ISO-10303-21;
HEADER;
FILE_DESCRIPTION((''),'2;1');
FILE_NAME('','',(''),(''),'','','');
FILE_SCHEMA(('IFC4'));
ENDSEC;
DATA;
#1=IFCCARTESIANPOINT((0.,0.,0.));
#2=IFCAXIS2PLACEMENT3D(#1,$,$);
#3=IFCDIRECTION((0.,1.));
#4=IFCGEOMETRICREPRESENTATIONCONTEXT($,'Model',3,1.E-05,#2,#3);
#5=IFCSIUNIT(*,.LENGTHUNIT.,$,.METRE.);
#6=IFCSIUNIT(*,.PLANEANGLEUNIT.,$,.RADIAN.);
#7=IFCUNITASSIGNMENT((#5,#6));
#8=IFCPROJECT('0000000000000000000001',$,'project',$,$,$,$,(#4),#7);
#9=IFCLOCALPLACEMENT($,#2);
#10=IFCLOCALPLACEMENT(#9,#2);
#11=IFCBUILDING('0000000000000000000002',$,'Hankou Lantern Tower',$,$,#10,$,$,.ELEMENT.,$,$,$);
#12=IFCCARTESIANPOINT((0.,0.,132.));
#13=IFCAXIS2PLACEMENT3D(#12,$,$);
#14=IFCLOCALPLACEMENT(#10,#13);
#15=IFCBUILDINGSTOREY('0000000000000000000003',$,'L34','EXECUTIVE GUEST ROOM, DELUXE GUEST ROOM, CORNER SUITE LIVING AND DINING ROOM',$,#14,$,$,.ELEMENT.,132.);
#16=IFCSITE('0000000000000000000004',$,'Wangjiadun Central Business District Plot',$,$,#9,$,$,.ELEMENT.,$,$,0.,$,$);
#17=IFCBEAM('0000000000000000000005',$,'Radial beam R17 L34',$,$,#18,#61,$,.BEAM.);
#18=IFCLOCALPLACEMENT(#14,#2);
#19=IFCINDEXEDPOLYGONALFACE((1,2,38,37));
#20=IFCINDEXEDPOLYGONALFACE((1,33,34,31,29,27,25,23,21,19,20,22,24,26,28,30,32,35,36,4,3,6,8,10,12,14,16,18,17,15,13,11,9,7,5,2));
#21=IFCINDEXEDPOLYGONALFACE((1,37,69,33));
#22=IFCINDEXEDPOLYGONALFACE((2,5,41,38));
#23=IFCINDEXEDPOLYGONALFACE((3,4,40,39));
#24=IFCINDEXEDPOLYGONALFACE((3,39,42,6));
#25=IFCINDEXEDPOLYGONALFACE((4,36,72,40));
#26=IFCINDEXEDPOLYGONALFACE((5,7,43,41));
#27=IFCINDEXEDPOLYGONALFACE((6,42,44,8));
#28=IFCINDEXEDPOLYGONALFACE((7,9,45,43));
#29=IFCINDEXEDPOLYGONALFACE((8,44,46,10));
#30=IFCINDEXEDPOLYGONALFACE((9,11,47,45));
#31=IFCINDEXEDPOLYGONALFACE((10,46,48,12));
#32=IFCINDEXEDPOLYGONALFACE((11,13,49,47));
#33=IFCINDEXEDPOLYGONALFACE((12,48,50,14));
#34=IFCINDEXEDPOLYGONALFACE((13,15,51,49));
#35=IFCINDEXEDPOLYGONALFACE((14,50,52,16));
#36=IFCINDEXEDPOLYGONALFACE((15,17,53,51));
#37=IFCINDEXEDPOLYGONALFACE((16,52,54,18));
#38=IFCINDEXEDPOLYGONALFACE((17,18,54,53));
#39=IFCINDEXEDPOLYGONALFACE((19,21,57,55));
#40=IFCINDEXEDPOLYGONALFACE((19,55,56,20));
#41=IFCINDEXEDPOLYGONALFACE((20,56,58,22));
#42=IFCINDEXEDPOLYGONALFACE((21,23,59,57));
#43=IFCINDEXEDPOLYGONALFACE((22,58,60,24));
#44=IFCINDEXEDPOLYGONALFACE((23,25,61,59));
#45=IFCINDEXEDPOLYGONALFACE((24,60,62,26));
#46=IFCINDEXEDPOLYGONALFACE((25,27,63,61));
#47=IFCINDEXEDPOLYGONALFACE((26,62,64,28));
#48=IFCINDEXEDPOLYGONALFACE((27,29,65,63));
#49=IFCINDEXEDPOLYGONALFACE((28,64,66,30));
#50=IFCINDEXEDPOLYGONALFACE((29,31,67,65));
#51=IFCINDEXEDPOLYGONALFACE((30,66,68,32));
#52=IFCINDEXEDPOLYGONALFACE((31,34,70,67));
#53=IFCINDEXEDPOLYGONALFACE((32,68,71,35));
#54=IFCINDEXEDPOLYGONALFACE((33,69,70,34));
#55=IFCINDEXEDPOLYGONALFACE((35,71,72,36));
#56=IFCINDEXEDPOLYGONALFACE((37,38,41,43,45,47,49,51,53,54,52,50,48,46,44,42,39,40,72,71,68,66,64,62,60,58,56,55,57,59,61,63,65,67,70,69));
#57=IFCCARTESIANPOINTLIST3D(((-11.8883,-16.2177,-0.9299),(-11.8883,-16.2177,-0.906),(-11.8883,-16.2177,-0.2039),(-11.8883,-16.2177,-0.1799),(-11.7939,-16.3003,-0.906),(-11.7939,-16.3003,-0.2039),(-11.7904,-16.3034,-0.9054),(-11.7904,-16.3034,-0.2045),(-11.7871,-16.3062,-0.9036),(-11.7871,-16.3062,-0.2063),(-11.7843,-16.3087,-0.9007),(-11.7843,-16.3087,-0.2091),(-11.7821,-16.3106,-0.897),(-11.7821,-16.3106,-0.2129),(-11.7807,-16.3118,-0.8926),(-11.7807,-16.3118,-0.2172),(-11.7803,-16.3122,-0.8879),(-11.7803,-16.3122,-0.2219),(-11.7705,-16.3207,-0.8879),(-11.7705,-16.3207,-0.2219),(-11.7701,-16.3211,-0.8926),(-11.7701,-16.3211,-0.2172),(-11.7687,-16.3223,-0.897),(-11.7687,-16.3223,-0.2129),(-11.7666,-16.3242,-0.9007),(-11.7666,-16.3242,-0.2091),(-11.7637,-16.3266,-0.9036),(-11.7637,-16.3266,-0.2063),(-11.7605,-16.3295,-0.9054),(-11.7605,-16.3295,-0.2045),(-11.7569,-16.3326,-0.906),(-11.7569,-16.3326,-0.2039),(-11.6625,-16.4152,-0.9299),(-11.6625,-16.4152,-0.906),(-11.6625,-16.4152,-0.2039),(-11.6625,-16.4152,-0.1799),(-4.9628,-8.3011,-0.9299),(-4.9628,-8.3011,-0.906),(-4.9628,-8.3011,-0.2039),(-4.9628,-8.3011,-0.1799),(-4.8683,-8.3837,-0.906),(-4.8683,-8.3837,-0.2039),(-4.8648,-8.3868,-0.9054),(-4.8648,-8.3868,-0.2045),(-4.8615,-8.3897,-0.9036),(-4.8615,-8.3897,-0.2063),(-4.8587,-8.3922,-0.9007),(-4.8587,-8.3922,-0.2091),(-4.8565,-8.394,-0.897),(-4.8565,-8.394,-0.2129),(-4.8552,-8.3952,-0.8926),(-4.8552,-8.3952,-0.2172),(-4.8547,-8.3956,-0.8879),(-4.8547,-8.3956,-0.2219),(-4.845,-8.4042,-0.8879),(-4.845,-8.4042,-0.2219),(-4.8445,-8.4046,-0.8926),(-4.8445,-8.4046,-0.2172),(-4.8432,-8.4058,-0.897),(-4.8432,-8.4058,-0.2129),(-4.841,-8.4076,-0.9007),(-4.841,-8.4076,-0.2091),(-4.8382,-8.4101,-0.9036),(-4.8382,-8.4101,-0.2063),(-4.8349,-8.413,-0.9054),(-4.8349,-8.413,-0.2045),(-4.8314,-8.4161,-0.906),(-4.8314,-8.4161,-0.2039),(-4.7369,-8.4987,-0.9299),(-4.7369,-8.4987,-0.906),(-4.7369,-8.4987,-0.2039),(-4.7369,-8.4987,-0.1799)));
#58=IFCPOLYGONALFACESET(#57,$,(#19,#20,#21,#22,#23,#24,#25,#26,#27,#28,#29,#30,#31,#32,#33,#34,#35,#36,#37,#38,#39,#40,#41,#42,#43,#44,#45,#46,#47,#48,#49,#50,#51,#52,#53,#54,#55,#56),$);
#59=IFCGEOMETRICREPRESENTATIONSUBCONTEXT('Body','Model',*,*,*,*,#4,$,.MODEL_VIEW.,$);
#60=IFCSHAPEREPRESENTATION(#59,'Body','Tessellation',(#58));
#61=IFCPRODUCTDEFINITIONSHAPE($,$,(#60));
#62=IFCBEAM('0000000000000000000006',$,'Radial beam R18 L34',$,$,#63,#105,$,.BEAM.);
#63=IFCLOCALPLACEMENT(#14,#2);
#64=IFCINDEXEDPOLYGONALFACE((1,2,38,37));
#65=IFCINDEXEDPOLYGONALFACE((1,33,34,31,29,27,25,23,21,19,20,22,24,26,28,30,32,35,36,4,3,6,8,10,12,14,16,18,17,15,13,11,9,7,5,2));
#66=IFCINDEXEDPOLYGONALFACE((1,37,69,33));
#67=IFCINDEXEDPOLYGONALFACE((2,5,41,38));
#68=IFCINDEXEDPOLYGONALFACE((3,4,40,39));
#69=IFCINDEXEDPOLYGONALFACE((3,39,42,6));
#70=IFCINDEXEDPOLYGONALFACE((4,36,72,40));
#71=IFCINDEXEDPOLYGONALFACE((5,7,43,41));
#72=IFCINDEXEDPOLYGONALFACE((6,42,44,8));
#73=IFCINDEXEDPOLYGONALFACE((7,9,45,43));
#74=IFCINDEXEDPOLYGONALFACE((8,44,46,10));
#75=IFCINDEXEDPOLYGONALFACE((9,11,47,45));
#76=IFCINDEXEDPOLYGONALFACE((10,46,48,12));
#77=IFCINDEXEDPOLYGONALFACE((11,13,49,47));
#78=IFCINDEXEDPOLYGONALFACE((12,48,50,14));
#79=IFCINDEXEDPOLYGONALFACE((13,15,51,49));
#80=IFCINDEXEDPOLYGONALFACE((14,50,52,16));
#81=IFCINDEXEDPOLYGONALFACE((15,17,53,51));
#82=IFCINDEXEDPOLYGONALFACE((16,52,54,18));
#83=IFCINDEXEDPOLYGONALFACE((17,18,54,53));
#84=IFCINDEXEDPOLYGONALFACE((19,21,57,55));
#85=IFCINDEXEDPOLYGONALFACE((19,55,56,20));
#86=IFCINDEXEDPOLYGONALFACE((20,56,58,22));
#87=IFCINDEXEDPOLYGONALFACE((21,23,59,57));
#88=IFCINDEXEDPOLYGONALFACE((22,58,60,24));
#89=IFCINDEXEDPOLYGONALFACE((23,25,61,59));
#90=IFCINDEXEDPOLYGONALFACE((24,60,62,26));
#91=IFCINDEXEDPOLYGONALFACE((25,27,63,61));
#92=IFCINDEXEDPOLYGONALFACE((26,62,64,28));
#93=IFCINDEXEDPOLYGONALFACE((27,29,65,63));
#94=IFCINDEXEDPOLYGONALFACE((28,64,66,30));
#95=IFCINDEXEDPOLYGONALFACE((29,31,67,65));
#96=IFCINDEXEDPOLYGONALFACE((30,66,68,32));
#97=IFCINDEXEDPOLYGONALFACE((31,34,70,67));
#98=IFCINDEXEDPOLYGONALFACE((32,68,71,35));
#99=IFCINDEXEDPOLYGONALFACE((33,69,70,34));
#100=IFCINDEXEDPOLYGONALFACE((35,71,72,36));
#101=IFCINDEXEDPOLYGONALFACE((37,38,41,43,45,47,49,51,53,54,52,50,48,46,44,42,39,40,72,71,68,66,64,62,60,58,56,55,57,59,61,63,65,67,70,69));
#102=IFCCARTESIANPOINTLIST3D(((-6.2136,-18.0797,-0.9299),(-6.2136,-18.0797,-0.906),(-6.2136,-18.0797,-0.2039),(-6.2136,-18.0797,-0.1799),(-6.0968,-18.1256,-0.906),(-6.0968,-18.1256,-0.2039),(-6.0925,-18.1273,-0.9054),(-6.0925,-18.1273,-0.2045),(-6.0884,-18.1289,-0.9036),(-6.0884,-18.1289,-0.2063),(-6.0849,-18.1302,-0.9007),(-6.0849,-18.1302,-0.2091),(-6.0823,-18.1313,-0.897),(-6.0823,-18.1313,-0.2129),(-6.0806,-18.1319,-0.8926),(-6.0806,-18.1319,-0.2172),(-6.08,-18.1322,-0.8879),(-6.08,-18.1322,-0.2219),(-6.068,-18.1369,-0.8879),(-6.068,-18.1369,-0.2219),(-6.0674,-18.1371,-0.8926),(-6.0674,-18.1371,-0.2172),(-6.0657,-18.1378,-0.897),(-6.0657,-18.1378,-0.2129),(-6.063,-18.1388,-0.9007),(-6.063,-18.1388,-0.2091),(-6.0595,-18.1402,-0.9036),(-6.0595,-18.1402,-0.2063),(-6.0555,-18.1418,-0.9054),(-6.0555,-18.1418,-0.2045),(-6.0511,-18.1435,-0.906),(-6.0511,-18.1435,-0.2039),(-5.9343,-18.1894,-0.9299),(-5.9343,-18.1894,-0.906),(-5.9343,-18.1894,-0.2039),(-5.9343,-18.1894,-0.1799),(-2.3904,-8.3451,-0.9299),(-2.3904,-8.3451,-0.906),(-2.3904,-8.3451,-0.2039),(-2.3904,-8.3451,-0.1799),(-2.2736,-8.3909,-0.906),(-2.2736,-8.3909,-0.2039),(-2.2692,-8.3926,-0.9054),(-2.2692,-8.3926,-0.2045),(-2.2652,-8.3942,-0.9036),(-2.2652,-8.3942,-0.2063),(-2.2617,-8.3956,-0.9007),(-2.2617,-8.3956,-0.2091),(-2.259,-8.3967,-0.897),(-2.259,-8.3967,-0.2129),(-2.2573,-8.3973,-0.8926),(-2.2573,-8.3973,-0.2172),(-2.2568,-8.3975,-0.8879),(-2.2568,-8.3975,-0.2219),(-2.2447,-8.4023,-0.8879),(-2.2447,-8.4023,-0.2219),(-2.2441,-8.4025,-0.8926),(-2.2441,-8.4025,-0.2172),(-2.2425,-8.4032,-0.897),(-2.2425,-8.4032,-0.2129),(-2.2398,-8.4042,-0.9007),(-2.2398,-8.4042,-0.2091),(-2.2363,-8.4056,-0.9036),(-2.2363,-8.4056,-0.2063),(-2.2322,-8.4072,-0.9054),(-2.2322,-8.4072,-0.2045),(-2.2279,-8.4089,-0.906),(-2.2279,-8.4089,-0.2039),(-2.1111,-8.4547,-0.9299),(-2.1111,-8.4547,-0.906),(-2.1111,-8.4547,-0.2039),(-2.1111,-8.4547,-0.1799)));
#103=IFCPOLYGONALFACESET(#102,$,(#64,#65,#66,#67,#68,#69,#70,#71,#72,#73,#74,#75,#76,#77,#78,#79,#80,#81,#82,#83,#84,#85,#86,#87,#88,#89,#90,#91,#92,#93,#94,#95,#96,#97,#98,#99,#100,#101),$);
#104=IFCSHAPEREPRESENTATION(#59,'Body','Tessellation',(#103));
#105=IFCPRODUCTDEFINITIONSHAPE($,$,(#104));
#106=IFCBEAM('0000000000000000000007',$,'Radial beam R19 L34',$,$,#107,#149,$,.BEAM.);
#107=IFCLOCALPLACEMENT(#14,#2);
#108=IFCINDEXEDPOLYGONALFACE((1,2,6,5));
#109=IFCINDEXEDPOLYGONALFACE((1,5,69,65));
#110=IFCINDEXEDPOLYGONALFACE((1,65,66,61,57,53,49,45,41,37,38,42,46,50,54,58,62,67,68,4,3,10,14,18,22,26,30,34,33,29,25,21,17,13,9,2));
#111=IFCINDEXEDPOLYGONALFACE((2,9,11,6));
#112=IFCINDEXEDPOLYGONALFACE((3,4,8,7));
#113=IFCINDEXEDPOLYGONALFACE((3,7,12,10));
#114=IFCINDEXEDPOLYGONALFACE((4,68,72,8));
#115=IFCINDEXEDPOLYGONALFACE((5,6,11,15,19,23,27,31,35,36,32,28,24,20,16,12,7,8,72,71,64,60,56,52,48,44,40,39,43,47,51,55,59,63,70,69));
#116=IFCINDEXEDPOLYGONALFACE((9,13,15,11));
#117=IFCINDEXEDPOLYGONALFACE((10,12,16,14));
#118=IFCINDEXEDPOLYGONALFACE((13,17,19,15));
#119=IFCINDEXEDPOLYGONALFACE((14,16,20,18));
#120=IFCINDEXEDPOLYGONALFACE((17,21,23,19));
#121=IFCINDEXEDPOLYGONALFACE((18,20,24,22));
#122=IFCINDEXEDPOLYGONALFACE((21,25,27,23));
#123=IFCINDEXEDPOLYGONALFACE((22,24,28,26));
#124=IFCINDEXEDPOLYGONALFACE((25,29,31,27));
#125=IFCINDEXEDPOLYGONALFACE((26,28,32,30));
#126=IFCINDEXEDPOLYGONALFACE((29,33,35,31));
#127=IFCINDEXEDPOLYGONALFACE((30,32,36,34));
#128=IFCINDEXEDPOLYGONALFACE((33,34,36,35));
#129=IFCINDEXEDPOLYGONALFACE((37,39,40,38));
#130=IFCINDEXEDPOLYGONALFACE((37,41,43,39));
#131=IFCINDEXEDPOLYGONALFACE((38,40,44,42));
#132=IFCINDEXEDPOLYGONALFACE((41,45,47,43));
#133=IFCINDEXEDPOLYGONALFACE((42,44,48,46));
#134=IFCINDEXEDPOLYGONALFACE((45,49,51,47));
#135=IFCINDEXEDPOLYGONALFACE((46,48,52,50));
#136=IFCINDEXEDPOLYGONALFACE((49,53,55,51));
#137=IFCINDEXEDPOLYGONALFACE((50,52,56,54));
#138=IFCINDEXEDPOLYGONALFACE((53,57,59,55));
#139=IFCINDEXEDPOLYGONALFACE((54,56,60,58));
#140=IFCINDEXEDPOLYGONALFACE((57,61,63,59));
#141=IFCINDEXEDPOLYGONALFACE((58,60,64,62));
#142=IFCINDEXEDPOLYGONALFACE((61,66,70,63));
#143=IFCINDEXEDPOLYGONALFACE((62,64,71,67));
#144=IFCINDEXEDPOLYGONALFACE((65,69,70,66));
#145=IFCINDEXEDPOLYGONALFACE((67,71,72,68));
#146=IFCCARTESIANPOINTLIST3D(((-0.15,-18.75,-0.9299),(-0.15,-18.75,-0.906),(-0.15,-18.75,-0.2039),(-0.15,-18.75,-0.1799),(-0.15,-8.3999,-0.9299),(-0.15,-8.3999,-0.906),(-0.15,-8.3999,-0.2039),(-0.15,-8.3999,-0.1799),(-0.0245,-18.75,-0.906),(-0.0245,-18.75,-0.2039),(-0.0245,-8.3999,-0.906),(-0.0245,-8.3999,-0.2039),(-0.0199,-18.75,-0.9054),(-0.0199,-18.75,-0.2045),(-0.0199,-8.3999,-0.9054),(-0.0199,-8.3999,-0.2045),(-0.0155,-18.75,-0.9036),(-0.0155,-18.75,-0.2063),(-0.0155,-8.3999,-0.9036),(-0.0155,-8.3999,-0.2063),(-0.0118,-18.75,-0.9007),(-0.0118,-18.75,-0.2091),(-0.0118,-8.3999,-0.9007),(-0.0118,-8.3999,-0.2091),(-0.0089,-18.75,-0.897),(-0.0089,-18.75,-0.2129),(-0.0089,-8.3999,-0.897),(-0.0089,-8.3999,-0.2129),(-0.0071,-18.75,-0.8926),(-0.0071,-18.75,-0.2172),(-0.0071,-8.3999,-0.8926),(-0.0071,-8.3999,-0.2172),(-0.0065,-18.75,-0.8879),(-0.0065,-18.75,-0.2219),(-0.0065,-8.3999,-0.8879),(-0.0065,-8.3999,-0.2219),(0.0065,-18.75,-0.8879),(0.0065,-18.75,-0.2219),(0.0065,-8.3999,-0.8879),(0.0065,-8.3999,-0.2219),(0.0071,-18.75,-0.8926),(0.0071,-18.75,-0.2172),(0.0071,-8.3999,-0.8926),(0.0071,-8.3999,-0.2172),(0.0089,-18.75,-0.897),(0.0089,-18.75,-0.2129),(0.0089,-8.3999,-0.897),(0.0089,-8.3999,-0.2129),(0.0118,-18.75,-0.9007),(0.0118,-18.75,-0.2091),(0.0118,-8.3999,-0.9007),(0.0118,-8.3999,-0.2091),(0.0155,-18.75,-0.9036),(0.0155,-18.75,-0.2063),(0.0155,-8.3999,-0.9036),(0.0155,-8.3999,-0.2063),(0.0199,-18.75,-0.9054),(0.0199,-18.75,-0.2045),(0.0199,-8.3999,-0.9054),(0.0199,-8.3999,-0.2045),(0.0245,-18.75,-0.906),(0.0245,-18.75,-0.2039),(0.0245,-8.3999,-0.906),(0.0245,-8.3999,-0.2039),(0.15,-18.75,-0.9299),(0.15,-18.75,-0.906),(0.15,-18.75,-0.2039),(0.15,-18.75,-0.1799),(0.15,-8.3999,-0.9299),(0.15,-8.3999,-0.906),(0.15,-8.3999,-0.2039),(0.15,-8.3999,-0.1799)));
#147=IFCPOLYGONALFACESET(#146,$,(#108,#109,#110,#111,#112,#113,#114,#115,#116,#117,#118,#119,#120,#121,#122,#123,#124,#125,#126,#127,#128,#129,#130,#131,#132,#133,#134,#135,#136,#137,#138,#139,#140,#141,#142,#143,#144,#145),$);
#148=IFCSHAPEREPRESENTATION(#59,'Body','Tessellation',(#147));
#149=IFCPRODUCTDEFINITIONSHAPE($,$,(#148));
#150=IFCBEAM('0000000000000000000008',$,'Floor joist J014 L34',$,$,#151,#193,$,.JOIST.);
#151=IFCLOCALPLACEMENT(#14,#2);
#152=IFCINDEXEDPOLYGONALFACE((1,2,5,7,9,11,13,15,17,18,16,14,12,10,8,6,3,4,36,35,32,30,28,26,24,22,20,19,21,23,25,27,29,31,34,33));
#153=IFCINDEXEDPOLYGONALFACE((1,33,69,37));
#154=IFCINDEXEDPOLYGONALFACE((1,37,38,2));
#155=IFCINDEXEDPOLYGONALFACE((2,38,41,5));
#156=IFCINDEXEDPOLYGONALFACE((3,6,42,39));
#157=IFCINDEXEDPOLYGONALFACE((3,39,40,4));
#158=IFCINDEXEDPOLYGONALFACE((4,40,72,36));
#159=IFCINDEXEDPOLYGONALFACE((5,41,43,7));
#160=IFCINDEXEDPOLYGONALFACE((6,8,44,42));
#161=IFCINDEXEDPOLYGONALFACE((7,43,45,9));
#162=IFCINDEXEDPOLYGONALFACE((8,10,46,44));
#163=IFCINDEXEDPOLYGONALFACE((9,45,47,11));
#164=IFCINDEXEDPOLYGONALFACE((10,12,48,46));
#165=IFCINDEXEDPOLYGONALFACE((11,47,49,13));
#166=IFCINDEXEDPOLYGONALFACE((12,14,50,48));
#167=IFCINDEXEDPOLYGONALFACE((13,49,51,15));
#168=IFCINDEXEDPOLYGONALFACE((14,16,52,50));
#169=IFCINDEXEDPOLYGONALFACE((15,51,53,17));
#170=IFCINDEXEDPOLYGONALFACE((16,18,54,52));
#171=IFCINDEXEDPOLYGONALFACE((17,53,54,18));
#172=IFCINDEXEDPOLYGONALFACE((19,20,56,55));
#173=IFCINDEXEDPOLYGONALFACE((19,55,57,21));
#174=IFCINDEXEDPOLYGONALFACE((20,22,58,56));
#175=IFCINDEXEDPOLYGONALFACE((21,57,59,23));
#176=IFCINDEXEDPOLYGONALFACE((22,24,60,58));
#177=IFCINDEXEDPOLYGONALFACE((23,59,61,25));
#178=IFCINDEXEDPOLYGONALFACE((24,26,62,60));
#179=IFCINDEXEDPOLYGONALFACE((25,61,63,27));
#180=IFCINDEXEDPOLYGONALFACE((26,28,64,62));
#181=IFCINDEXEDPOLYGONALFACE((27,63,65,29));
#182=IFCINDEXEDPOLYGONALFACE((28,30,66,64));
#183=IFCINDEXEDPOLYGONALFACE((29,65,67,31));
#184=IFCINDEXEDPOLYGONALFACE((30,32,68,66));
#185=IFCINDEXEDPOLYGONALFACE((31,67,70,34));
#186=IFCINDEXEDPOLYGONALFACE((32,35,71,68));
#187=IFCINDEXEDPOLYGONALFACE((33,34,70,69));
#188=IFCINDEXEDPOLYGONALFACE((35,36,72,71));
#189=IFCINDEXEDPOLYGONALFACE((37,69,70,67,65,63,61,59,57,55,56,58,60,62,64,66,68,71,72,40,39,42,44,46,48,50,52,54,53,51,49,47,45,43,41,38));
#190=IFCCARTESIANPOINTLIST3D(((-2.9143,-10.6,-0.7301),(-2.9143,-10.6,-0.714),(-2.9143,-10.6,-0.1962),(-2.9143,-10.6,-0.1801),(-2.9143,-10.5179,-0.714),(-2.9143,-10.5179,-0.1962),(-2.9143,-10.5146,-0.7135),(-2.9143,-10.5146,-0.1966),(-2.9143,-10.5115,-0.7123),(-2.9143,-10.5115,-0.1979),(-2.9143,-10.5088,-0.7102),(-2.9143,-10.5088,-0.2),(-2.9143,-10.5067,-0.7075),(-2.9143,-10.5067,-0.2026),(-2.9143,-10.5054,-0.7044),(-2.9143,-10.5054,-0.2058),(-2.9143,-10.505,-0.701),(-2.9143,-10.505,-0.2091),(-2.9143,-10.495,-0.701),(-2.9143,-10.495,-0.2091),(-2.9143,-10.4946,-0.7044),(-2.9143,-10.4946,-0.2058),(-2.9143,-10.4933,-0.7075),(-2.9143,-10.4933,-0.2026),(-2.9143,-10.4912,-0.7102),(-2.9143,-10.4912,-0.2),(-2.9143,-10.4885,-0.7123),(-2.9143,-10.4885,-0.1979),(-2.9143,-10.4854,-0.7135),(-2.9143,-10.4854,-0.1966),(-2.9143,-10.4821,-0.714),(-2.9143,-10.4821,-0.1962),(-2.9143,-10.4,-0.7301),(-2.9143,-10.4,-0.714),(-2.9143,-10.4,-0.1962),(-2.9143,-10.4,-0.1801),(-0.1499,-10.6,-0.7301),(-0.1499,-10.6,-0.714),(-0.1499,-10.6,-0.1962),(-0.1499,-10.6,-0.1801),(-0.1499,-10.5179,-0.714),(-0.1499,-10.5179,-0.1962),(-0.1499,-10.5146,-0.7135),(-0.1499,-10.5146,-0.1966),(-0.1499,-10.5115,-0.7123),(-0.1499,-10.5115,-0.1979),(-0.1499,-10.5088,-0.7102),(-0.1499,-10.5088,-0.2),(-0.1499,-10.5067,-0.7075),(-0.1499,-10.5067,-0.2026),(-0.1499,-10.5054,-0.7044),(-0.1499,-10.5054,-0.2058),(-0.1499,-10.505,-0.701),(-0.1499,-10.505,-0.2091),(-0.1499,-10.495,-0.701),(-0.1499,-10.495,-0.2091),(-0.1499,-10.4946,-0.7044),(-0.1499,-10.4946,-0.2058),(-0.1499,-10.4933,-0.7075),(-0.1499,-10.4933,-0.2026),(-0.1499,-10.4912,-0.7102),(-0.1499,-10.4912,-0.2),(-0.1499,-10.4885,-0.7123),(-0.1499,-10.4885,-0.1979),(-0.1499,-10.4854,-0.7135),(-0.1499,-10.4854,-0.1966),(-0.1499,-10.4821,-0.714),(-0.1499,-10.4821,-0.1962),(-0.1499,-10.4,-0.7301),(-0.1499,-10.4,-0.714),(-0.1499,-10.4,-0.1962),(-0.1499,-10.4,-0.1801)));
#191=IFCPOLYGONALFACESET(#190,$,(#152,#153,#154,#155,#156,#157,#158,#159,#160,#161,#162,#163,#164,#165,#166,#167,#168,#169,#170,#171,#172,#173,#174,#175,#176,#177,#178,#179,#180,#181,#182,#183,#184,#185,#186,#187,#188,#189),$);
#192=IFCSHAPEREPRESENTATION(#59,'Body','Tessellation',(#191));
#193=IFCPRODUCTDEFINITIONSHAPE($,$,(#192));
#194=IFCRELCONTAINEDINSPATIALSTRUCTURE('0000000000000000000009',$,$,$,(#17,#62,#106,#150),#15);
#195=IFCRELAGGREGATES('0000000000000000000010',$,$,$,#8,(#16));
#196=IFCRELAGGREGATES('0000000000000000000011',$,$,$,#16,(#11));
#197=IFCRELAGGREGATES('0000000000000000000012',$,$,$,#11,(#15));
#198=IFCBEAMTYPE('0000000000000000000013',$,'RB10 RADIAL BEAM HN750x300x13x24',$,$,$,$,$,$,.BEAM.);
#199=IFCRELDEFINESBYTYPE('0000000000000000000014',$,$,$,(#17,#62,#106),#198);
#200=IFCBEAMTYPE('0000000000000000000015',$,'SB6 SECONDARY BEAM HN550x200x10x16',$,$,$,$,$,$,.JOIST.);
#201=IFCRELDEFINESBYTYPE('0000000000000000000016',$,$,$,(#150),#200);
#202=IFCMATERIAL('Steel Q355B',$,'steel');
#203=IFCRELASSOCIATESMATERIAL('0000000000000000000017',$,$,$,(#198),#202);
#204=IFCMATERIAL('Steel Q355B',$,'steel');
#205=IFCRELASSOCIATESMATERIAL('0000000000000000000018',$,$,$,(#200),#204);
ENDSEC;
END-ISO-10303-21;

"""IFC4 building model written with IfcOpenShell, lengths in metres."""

from ifc_helpers import new_model, si_unit, direction, frame, origin, origin_2d, place, context, subcontext, project, spatial, i_section, extrude, material, material_profile, profile_set, type_object, element, save


model = new_model("IFC4")

# Units and contexts
model_context = context("Model", 3, precision=1e-05, world=origin(), true_north=direction((0.0, 1.0)))
body_context = subcontext(model_context, "Body", "Model", "MODEL_VIEW")
ifc_project = project(units=[si_unit("LENGTHUNIT", "METRE"), si_unit("PLANEANGLEUNIT", "RADIAN")], contexts=[model_context])

# Site, building, storey
site_placement = place(None, origin())
site = spatial("IfcSite", under=ifc_project, at=site_placement, Name="Wangjiadun Central Business District Plot", CompositionType="ELEMENT", RefElevation=0.0)
building_placement = place(site_placement, origin())
building = spatial("IfcBuilding", under=site, at=building_placement, Name="Hankou Lantern Tower", CompositionType="ELEMENT")
storey_placement = place(building_placement, frame((0.0, 0.0, 132.0)))
storey = spatial("IfcBuildingStorey", under=building, at=storey_placement, Name="L34", Description="EXECUTIVE GUEST ROOM, DELUXE GUEST ROOM, CORNER SUITE LIVING AND DINING ROOM", CompositionType="ELEMENT", Elevation=132.0)

# Beams
ifc_material_1 = material(Name="Steel Q355B", Category="steel")
ifc_material_profile_1 = material_profile(ifc_material_1, i_section(OverallWidth=0.3, OverallDepth=0.75, WebThickness=0.0129, FlangeThickness=0.0239, FilletRadius=0.0181, at=origin_2d()), Name="HN750x300x13x24")
ifc_profile_set_1 = profile_set([ifc_material_profile_1], Name="Steel Q355B")
beam_type_1 = type_object("IfcBeamType", Name="RB10 RADIAL BEAM HN750x300x13x24", PredefinedType="BEAM", material=ifc_profile_set_1)
beam_1_placement = place(storey_placement, frame((-4.8499, -8.3999, -0.5549), z_axis=(-0.658429, -0.752643, 0.0), x_axis=(0.752643, -0.658429, 0.0)))
element("IfcBeam", 1, at=beam_1_placement, inside=storey, type_object=beam_type_1, Name="Radial beam R17 L34", PredefinedType="BEAM", context=body_context, shape_type="SweptSolid", body=[
    extrude(i_section(OverallWidth=0.3, OverallDepth=0.75, WebThickness=0.0129, FlangeThickness=0.0239, FilletRadius=0.0181, at=origin_2d()), origin(), (0.0, 0.0, 1.0), 10.5183),
])
beam_2_placement = place(storey_placement, frame((-2.2507, -8.3999, -0.5549), z_axis=(-0.365564, -0.930786, 0.0), x_axis=(0.930786, -0.365564, 0.0)))
element("IfcBeam", 2, at=beam_2_placement, inside=storey, type_object=beam_type_1, Name="Radial beam R18 L34", PredefinedType="BEAM", context=body_context, shape_type="SweptSolid", body=[
    extrude(i_section(OverallWidth=0.3, OverallDepth=0.75, WebThickness=0.0129, FlangeThickness=0.0239, FilletRadius=0.0181, at=origin_2d()), origin(), (0.0, 0.0, 1.0), 10.4585),
])
beam_3_placement = place(storey_placement, frame((0.0, -8.3999, -0.5549), z_axis=(0.0, -1.0, 0.0), x_axis=(1.0, 0.0, 0.0)))
element("IfcBeam", 3, at=beam_3_placement, inside=storey, type_object=beam_type_1, Name="Radial beam R19 L34", PredefinedType="BEAM", context=body_context, shape_type="SweptSolid", body=[
    extrude(i_section(OverallWidth=0.3, OverallDepth=0.75, WebThickness=0.0129, FlangeThickness=0.0239, FilletRadius=0.0181, at=origin_2d()), origin(), (0.0, 0.0, 1.0), 10.3501),
])
ifc_material_2 = material(Name="Steel Q355B", Category="steel")
ifc_material_profile_2 = material_profile(ifc_material_2, i_section(OverallWidth=0.2, OverallDepth=0.55, WebThickness=0.01, FlangeThickness=0.0161, FilletRadius=0.0129, at=origin_2d()), Name="HN550x200x10x16")
ifc_profile_set_2 = profile_set([ifc_material_profile_2], Name="Steel Q355B")
beam_type_2 = type_object("IfcBeamType", Name="SB6 SECONDARY BEAM HN550x200x10x16", PredefinedType="JOIST", material=ifc_profile_set_2)
beam_4_placement = place(storey_placement, frame((-2.9143, -10.5, -0.4551), z_axis=(1.0, 0.0, 0.0), x_axis=(0.0, 1.0, 0.0)))
element("IfcBeam", 4, at=beam_4_placement, inside=storey, type_object=beam_type_2, Name="Floor joist J014 L34", PredefinedType="JOIST", context=body_context, shape_type="SweptSolid", body=[
    extrude(i_section(OverallWidth=0.2, OverallDepth=0.55, WebThickness=0.01, FlangeThickness=0.0161, FilletRadius=0.0129, at=origin_2d()), origin(), (0.0, 0.0, 1.0), 2.7644),
])

save(model, "model.ifc")
